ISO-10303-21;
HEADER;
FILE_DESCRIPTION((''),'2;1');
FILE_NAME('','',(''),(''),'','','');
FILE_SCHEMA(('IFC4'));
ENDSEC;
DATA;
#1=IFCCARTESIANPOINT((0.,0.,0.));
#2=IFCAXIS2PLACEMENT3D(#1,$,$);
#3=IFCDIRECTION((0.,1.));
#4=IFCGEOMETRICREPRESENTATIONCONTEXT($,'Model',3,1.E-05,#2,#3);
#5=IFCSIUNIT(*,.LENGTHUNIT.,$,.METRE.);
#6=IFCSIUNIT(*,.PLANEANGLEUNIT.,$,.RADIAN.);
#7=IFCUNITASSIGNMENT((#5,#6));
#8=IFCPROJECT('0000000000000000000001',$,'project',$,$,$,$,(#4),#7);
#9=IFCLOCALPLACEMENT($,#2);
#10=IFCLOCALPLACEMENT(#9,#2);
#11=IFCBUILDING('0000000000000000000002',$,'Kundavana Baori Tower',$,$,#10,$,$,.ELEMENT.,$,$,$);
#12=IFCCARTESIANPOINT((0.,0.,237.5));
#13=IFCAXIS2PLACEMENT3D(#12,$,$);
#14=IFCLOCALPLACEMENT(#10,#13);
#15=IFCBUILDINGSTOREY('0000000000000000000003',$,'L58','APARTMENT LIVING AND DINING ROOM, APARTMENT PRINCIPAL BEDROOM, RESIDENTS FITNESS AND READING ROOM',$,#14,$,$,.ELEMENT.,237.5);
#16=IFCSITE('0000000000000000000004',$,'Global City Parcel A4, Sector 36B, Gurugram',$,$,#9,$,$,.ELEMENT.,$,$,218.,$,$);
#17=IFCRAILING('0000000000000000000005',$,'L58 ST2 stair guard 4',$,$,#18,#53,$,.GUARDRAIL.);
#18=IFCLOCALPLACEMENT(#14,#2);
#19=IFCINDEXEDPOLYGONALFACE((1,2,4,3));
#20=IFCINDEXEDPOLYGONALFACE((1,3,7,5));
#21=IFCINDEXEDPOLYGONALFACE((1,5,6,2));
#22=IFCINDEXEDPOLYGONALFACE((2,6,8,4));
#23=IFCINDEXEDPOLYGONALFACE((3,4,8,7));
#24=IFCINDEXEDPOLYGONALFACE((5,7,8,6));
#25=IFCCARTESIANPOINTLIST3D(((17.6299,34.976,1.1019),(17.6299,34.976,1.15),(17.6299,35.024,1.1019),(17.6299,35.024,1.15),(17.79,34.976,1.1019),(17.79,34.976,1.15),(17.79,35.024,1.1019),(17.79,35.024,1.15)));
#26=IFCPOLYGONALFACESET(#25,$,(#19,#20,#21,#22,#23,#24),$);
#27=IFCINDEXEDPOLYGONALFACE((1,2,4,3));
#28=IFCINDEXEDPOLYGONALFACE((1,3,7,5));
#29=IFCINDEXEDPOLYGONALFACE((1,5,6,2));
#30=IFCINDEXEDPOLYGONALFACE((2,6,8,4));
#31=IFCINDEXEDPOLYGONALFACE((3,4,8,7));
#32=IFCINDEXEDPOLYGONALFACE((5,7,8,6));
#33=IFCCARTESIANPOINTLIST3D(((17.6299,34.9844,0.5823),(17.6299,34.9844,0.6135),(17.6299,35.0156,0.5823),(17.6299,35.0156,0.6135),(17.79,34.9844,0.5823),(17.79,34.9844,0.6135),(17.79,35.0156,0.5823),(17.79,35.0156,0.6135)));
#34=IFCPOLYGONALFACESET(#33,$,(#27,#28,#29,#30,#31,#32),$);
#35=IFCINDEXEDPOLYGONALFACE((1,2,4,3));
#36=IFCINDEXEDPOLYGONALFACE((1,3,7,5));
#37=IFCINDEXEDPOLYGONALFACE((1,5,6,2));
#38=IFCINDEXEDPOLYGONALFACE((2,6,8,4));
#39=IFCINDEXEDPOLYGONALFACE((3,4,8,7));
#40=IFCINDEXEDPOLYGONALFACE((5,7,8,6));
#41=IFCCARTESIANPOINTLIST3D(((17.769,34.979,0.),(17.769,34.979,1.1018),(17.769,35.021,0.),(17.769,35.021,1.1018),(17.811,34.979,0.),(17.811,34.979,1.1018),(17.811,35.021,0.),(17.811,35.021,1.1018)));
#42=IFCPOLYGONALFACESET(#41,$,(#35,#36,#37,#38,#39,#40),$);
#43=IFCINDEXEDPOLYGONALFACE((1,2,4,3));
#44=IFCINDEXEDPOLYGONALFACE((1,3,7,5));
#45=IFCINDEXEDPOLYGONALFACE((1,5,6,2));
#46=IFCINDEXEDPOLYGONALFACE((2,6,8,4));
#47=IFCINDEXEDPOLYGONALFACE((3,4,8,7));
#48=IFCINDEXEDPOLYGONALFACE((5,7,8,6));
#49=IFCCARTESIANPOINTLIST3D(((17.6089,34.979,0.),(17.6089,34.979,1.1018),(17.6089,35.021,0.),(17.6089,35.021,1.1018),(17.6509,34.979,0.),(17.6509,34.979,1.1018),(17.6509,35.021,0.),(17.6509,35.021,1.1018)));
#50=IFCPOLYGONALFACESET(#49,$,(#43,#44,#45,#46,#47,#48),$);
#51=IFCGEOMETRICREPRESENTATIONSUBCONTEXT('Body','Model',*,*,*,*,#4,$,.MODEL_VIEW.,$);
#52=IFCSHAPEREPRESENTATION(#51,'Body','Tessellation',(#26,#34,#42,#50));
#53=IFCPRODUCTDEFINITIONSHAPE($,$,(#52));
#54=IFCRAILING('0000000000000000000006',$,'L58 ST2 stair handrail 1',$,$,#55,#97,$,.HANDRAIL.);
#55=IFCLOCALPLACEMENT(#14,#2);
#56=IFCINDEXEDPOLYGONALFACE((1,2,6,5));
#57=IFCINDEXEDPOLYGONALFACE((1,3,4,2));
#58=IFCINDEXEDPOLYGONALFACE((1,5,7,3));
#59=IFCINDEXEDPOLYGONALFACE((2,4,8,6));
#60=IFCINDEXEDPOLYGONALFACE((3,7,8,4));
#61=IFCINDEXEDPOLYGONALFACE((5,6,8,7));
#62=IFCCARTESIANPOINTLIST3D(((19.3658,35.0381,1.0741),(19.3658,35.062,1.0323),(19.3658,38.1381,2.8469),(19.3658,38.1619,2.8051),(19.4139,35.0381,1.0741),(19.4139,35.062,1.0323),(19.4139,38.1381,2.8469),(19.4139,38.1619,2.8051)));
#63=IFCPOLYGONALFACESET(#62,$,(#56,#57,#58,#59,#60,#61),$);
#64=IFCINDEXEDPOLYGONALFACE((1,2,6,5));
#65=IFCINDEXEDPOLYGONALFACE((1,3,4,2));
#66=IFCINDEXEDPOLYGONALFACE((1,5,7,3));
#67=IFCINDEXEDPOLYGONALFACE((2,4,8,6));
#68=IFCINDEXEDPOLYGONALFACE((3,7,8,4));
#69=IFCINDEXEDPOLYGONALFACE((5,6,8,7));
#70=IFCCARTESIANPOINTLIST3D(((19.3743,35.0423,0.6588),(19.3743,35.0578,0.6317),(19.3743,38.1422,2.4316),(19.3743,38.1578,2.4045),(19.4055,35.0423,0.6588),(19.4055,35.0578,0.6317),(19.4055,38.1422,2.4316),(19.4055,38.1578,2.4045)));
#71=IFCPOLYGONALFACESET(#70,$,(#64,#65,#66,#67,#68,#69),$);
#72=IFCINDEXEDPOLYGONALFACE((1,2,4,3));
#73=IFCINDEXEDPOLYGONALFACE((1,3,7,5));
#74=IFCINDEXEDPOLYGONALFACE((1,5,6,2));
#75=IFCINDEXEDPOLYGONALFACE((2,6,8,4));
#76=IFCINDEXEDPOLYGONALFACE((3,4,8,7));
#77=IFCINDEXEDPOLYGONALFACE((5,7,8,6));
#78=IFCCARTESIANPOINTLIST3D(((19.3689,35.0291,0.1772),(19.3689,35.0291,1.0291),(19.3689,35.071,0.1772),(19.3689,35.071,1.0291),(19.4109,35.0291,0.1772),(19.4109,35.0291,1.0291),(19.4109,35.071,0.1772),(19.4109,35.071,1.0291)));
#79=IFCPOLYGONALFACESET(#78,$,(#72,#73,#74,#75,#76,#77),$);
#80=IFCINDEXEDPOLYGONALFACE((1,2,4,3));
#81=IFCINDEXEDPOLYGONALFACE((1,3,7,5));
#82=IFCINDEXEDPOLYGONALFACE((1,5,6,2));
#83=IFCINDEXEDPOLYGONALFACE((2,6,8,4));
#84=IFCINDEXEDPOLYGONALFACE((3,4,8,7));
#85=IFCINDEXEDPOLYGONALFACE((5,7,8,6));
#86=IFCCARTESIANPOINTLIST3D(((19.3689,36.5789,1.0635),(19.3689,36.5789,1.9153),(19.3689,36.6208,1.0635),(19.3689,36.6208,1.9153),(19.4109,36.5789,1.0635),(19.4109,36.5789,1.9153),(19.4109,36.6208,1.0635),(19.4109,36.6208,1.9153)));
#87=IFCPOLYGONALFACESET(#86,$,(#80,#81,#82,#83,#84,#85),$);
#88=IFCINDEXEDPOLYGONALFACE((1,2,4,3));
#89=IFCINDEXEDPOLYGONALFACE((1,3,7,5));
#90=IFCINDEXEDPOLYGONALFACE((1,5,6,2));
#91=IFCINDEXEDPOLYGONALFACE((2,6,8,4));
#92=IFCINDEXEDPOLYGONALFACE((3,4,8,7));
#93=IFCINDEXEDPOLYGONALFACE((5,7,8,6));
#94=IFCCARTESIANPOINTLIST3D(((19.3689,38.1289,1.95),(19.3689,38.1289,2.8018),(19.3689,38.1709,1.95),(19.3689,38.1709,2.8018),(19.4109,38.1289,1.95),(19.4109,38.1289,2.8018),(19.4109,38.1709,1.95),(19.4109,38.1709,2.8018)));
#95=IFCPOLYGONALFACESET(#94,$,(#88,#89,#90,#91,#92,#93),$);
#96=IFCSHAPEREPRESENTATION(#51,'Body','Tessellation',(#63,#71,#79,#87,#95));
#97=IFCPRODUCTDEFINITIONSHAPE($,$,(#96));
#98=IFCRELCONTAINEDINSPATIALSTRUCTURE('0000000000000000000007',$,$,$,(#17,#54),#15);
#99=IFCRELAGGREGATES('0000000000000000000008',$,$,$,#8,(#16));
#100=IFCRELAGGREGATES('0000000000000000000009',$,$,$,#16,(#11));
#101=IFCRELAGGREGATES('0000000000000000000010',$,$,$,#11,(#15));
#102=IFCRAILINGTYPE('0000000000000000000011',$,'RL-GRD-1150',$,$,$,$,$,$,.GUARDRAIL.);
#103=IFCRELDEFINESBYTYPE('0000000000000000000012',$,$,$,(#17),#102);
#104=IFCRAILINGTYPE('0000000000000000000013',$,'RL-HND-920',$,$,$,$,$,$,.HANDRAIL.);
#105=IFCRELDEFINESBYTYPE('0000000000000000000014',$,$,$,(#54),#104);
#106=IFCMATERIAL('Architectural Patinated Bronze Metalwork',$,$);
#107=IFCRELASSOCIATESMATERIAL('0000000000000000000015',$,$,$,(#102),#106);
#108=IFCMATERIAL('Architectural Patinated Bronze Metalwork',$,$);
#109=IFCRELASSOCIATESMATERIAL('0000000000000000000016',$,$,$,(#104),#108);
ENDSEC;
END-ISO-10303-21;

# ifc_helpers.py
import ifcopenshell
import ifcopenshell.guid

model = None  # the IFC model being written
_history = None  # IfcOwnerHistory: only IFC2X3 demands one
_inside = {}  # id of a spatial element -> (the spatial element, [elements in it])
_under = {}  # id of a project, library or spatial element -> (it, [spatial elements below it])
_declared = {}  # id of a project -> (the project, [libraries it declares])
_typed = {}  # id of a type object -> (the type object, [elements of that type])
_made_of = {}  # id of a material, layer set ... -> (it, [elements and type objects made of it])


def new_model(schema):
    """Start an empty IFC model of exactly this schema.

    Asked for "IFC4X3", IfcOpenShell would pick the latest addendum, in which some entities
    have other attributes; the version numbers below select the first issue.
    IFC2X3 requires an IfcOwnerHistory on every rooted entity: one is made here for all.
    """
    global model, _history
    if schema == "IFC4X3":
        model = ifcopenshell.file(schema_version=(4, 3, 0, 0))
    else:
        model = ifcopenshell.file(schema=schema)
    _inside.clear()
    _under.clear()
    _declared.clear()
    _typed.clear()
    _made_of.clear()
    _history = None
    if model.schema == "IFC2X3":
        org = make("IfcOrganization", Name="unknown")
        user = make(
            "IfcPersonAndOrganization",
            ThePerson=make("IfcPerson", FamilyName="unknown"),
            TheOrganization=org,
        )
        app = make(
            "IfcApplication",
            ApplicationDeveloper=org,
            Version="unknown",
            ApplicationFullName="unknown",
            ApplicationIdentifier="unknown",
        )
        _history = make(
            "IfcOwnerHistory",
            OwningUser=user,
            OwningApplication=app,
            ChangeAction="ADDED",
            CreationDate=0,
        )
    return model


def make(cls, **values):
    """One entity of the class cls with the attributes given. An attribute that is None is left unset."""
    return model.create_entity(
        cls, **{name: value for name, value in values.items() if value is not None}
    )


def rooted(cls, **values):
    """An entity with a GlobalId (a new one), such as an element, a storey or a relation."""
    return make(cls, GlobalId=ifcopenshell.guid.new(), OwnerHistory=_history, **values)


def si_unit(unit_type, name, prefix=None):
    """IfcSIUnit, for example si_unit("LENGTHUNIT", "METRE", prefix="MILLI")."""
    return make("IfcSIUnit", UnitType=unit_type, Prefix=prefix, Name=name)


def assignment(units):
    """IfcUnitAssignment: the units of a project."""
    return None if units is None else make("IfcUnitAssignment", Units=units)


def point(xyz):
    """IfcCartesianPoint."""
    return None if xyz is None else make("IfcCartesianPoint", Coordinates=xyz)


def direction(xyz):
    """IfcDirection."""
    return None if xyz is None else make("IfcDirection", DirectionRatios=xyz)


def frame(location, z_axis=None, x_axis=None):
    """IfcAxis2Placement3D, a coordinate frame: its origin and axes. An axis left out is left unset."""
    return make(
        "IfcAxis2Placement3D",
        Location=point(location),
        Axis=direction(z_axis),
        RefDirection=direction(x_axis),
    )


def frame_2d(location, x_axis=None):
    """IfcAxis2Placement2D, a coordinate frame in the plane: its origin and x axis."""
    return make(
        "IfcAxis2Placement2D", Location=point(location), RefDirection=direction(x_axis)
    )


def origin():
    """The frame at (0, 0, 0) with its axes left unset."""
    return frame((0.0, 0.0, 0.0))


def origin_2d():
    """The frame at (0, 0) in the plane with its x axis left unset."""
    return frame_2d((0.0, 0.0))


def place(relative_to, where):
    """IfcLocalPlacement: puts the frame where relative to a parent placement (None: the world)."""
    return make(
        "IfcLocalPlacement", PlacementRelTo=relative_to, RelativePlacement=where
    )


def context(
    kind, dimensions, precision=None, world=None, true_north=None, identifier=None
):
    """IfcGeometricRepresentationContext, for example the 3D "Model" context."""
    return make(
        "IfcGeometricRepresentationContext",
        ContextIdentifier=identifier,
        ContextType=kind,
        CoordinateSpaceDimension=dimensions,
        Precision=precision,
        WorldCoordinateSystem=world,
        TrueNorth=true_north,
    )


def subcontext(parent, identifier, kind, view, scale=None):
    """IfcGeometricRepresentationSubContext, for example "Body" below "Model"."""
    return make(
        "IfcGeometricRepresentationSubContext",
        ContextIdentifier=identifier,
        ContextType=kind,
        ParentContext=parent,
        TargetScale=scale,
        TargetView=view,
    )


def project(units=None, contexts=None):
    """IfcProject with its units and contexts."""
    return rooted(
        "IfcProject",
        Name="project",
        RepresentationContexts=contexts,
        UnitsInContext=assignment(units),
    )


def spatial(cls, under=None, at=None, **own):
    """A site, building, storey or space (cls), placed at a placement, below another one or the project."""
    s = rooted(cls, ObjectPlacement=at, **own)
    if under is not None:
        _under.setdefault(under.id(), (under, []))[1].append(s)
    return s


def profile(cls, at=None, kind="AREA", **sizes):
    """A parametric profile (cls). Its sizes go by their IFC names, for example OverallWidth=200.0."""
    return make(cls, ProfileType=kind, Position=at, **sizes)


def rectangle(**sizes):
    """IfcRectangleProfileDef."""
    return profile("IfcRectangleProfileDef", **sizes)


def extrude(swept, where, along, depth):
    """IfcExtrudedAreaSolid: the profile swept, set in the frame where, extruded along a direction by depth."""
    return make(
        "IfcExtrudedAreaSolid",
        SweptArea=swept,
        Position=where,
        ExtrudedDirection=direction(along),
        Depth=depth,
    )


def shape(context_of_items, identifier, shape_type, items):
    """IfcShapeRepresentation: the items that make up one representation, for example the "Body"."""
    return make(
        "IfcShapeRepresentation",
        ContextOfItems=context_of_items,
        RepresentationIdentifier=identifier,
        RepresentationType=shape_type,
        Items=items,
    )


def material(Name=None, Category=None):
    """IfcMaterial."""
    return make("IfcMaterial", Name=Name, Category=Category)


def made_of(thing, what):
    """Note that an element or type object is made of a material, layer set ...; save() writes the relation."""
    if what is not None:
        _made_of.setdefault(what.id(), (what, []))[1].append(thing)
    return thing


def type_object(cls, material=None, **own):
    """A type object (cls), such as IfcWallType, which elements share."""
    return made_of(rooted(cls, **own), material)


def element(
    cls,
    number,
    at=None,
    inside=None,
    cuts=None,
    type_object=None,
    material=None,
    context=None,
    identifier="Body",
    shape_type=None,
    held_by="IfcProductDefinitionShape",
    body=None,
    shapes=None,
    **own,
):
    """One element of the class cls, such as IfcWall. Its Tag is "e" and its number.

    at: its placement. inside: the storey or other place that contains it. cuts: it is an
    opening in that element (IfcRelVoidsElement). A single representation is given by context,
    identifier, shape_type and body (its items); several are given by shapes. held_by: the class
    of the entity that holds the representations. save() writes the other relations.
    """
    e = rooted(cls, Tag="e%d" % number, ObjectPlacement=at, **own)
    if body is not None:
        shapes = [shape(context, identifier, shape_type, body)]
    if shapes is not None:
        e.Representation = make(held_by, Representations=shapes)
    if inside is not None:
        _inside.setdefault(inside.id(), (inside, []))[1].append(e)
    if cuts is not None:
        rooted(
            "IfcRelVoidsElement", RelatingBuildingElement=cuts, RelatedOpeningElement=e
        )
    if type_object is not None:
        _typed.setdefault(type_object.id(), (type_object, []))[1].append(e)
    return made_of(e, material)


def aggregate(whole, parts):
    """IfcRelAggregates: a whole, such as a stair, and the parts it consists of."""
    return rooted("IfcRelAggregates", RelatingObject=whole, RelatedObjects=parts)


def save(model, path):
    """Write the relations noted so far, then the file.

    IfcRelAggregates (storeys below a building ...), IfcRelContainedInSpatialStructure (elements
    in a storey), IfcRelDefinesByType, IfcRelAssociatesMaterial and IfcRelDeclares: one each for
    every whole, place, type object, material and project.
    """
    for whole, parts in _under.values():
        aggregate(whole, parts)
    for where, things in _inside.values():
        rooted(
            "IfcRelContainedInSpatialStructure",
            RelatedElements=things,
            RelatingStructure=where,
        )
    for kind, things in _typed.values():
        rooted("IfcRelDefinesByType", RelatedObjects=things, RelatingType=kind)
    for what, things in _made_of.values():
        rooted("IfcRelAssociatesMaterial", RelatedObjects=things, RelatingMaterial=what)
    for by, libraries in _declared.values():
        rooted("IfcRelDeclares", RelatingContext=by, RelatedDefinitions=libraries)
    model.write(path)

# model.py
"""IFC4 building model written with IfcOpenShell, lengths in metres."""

from ifc_helpers import new_model, si_unit, direction, frame, origin, origin_2d, place, context, subcontext, project, spatial, rectangle, extrude, material, type_object, element, save


model = new_model("IFC4")

# Units and contexts
model_context = context("Model", 3, precision=1e-05, world=origin(), true_north=direction((0.0, 1.0)))
body_context = subcontext(model_context, "Body", "Model", "MODEL_VIEW")
ifc_project = project(units=[si_unit("LENGTHUNIT", "METRE"), si_unit("PLANEANGLEUNIT", "RADIAN")], contexts=[model_context])

# Site, building, storey
site_placement = place(None, origin())
site = spatial("IfcSite", under=ifc_project, at=site_placement, Name="Global City Parcel A4, Sector 36B, Gurugram", CompositionType="ELEMENT", RefElevation=218.0)
building_placement = place(site_placement, origin())
building = spatial("IfcBuilding", under=site, at=building_placement, Name="Kundavana Baori Tower", CompositionType="ELEMENT")
storey_placement = place(building_placement, frame((0.0, 0.0, 237.5)))
storey = spatial("IfcBuildingStorey", under=building, at=storey_placement, Name="L58", Description="APARTMENT LIVING AND DINING ROOM, APARTMENT PRINCIPAL BEDROOM, RESIDENTS FITNESS AND READING ROOM", CompositionType="ELEMENT", Elevation=237.5)

# Railings
ifc_material_1 = material(Name="Architectural Patinated Bronze Metalwork")
railing_type_1 = type_object("IfcRailingType", Name="RL-GRD-1150", PredefinedType="GUARDRAIL", material=ifc_material_1)
railing_1_placement = place(storey_placement, frame((17.79, 35.0, 0.0)))
element("IfcRailing", 1, at=railing_1_placement, inside=storey, type_object=railing_type_1, Name="L58 ST2 stair guard 4", PredefinedType="GUARDRAIL", context=body_context, shape_type="SweptSolid", body=[
    extrude(rectangle(XDim=0.0481, YDim=0.0481, at=origin_2d()), frame((0.0, 0.0, 1.126), z_axis=(-1.0, 0.0, 0.0), x_axis=(0.0, -1.0, 0.0)), (0.0, 0.0, 1.0), 0.1602),
    extrude(rectangle(XDim=0.0312, YDim=0.0312, at=origin_2d()), frame((0.0, 0.0, 0.5979), z_axis=(-1.0, 0.0, 0.0), x_axis=(0.0, -1.0, 0.0)), (0.0, 0.0, 1.0), 0.1602),
    extrude(rectangle(XDim=0.042, YDim=0.042, at=origin_2d()), origin(), (0.0, 0.0, 1.0), 1.1018),
    extrude(rectangle(XDim=0.042, YDim=0.042, at=origin_2d()), frame((-0.1602, 0.0, 0.0)), (0.0, 0.0, 1.0), 1.1018),
])
ifc_material_2 = material(Name="Architectural Patinated Bronze Metalwork")
railing_type_2 = type_object("IfcRailingType", Name="RL-HND-920", PredefinedType="HANDRAIL", material=ifc_material_2)
railing_2_placement = place(storey_placement, frame((19.3899, 35.05, 0.1772)))
element("IfcRailing", 2, at=railing_2_placement, inside=storey, type_object=railing_type_2, Name="L58 ST2 stair handrail 1", PredefinedType="HANDRAIL", context=body_context, shape_type="SweptSolid", body=[
    extrude(rectangle(XDim=0.0481, YDim=0.0481, at=origin_2d()), frame((0.0, 0.0, 0.876), z_axis=(0.0, 0.868079, 0.496426), x_axis=(-1.0, 0.0, 0.0)), (0.0, 0.0, 1.0), 3.571),
    extrude(rectangle(XDim=0.0312, YDim=0.0312, at=origin_2d()), frame((0.0, 0.0, 0.468), z_axis=(0.0, 0.868079, 0.496426), x_axis=(-1.0, 0.0, 0.0)), (0.0, 0.0, 1.0), 3.571),
    extrude(rectangle(XDim=0.042, YDim=0.042, at=origin_2d()), origin(), (0.0, 0.0, 1.0), 0.8518),
    extrude(rectangle(XDim=0.042, YDim=0.042, at=origin_2d()), frame((0.0, 1.5498, 0.8862)), (0.0, 0.0, 1.0), 0.8518),
    extrude(rectangle(XDim=0.042, YDim=0.042, at=origin_2d()), frame((0.0, 3.0999, 1.7727)), (0.0, 0.0, 1.0), 0.8518),
])

save(model, "model.ifc")
